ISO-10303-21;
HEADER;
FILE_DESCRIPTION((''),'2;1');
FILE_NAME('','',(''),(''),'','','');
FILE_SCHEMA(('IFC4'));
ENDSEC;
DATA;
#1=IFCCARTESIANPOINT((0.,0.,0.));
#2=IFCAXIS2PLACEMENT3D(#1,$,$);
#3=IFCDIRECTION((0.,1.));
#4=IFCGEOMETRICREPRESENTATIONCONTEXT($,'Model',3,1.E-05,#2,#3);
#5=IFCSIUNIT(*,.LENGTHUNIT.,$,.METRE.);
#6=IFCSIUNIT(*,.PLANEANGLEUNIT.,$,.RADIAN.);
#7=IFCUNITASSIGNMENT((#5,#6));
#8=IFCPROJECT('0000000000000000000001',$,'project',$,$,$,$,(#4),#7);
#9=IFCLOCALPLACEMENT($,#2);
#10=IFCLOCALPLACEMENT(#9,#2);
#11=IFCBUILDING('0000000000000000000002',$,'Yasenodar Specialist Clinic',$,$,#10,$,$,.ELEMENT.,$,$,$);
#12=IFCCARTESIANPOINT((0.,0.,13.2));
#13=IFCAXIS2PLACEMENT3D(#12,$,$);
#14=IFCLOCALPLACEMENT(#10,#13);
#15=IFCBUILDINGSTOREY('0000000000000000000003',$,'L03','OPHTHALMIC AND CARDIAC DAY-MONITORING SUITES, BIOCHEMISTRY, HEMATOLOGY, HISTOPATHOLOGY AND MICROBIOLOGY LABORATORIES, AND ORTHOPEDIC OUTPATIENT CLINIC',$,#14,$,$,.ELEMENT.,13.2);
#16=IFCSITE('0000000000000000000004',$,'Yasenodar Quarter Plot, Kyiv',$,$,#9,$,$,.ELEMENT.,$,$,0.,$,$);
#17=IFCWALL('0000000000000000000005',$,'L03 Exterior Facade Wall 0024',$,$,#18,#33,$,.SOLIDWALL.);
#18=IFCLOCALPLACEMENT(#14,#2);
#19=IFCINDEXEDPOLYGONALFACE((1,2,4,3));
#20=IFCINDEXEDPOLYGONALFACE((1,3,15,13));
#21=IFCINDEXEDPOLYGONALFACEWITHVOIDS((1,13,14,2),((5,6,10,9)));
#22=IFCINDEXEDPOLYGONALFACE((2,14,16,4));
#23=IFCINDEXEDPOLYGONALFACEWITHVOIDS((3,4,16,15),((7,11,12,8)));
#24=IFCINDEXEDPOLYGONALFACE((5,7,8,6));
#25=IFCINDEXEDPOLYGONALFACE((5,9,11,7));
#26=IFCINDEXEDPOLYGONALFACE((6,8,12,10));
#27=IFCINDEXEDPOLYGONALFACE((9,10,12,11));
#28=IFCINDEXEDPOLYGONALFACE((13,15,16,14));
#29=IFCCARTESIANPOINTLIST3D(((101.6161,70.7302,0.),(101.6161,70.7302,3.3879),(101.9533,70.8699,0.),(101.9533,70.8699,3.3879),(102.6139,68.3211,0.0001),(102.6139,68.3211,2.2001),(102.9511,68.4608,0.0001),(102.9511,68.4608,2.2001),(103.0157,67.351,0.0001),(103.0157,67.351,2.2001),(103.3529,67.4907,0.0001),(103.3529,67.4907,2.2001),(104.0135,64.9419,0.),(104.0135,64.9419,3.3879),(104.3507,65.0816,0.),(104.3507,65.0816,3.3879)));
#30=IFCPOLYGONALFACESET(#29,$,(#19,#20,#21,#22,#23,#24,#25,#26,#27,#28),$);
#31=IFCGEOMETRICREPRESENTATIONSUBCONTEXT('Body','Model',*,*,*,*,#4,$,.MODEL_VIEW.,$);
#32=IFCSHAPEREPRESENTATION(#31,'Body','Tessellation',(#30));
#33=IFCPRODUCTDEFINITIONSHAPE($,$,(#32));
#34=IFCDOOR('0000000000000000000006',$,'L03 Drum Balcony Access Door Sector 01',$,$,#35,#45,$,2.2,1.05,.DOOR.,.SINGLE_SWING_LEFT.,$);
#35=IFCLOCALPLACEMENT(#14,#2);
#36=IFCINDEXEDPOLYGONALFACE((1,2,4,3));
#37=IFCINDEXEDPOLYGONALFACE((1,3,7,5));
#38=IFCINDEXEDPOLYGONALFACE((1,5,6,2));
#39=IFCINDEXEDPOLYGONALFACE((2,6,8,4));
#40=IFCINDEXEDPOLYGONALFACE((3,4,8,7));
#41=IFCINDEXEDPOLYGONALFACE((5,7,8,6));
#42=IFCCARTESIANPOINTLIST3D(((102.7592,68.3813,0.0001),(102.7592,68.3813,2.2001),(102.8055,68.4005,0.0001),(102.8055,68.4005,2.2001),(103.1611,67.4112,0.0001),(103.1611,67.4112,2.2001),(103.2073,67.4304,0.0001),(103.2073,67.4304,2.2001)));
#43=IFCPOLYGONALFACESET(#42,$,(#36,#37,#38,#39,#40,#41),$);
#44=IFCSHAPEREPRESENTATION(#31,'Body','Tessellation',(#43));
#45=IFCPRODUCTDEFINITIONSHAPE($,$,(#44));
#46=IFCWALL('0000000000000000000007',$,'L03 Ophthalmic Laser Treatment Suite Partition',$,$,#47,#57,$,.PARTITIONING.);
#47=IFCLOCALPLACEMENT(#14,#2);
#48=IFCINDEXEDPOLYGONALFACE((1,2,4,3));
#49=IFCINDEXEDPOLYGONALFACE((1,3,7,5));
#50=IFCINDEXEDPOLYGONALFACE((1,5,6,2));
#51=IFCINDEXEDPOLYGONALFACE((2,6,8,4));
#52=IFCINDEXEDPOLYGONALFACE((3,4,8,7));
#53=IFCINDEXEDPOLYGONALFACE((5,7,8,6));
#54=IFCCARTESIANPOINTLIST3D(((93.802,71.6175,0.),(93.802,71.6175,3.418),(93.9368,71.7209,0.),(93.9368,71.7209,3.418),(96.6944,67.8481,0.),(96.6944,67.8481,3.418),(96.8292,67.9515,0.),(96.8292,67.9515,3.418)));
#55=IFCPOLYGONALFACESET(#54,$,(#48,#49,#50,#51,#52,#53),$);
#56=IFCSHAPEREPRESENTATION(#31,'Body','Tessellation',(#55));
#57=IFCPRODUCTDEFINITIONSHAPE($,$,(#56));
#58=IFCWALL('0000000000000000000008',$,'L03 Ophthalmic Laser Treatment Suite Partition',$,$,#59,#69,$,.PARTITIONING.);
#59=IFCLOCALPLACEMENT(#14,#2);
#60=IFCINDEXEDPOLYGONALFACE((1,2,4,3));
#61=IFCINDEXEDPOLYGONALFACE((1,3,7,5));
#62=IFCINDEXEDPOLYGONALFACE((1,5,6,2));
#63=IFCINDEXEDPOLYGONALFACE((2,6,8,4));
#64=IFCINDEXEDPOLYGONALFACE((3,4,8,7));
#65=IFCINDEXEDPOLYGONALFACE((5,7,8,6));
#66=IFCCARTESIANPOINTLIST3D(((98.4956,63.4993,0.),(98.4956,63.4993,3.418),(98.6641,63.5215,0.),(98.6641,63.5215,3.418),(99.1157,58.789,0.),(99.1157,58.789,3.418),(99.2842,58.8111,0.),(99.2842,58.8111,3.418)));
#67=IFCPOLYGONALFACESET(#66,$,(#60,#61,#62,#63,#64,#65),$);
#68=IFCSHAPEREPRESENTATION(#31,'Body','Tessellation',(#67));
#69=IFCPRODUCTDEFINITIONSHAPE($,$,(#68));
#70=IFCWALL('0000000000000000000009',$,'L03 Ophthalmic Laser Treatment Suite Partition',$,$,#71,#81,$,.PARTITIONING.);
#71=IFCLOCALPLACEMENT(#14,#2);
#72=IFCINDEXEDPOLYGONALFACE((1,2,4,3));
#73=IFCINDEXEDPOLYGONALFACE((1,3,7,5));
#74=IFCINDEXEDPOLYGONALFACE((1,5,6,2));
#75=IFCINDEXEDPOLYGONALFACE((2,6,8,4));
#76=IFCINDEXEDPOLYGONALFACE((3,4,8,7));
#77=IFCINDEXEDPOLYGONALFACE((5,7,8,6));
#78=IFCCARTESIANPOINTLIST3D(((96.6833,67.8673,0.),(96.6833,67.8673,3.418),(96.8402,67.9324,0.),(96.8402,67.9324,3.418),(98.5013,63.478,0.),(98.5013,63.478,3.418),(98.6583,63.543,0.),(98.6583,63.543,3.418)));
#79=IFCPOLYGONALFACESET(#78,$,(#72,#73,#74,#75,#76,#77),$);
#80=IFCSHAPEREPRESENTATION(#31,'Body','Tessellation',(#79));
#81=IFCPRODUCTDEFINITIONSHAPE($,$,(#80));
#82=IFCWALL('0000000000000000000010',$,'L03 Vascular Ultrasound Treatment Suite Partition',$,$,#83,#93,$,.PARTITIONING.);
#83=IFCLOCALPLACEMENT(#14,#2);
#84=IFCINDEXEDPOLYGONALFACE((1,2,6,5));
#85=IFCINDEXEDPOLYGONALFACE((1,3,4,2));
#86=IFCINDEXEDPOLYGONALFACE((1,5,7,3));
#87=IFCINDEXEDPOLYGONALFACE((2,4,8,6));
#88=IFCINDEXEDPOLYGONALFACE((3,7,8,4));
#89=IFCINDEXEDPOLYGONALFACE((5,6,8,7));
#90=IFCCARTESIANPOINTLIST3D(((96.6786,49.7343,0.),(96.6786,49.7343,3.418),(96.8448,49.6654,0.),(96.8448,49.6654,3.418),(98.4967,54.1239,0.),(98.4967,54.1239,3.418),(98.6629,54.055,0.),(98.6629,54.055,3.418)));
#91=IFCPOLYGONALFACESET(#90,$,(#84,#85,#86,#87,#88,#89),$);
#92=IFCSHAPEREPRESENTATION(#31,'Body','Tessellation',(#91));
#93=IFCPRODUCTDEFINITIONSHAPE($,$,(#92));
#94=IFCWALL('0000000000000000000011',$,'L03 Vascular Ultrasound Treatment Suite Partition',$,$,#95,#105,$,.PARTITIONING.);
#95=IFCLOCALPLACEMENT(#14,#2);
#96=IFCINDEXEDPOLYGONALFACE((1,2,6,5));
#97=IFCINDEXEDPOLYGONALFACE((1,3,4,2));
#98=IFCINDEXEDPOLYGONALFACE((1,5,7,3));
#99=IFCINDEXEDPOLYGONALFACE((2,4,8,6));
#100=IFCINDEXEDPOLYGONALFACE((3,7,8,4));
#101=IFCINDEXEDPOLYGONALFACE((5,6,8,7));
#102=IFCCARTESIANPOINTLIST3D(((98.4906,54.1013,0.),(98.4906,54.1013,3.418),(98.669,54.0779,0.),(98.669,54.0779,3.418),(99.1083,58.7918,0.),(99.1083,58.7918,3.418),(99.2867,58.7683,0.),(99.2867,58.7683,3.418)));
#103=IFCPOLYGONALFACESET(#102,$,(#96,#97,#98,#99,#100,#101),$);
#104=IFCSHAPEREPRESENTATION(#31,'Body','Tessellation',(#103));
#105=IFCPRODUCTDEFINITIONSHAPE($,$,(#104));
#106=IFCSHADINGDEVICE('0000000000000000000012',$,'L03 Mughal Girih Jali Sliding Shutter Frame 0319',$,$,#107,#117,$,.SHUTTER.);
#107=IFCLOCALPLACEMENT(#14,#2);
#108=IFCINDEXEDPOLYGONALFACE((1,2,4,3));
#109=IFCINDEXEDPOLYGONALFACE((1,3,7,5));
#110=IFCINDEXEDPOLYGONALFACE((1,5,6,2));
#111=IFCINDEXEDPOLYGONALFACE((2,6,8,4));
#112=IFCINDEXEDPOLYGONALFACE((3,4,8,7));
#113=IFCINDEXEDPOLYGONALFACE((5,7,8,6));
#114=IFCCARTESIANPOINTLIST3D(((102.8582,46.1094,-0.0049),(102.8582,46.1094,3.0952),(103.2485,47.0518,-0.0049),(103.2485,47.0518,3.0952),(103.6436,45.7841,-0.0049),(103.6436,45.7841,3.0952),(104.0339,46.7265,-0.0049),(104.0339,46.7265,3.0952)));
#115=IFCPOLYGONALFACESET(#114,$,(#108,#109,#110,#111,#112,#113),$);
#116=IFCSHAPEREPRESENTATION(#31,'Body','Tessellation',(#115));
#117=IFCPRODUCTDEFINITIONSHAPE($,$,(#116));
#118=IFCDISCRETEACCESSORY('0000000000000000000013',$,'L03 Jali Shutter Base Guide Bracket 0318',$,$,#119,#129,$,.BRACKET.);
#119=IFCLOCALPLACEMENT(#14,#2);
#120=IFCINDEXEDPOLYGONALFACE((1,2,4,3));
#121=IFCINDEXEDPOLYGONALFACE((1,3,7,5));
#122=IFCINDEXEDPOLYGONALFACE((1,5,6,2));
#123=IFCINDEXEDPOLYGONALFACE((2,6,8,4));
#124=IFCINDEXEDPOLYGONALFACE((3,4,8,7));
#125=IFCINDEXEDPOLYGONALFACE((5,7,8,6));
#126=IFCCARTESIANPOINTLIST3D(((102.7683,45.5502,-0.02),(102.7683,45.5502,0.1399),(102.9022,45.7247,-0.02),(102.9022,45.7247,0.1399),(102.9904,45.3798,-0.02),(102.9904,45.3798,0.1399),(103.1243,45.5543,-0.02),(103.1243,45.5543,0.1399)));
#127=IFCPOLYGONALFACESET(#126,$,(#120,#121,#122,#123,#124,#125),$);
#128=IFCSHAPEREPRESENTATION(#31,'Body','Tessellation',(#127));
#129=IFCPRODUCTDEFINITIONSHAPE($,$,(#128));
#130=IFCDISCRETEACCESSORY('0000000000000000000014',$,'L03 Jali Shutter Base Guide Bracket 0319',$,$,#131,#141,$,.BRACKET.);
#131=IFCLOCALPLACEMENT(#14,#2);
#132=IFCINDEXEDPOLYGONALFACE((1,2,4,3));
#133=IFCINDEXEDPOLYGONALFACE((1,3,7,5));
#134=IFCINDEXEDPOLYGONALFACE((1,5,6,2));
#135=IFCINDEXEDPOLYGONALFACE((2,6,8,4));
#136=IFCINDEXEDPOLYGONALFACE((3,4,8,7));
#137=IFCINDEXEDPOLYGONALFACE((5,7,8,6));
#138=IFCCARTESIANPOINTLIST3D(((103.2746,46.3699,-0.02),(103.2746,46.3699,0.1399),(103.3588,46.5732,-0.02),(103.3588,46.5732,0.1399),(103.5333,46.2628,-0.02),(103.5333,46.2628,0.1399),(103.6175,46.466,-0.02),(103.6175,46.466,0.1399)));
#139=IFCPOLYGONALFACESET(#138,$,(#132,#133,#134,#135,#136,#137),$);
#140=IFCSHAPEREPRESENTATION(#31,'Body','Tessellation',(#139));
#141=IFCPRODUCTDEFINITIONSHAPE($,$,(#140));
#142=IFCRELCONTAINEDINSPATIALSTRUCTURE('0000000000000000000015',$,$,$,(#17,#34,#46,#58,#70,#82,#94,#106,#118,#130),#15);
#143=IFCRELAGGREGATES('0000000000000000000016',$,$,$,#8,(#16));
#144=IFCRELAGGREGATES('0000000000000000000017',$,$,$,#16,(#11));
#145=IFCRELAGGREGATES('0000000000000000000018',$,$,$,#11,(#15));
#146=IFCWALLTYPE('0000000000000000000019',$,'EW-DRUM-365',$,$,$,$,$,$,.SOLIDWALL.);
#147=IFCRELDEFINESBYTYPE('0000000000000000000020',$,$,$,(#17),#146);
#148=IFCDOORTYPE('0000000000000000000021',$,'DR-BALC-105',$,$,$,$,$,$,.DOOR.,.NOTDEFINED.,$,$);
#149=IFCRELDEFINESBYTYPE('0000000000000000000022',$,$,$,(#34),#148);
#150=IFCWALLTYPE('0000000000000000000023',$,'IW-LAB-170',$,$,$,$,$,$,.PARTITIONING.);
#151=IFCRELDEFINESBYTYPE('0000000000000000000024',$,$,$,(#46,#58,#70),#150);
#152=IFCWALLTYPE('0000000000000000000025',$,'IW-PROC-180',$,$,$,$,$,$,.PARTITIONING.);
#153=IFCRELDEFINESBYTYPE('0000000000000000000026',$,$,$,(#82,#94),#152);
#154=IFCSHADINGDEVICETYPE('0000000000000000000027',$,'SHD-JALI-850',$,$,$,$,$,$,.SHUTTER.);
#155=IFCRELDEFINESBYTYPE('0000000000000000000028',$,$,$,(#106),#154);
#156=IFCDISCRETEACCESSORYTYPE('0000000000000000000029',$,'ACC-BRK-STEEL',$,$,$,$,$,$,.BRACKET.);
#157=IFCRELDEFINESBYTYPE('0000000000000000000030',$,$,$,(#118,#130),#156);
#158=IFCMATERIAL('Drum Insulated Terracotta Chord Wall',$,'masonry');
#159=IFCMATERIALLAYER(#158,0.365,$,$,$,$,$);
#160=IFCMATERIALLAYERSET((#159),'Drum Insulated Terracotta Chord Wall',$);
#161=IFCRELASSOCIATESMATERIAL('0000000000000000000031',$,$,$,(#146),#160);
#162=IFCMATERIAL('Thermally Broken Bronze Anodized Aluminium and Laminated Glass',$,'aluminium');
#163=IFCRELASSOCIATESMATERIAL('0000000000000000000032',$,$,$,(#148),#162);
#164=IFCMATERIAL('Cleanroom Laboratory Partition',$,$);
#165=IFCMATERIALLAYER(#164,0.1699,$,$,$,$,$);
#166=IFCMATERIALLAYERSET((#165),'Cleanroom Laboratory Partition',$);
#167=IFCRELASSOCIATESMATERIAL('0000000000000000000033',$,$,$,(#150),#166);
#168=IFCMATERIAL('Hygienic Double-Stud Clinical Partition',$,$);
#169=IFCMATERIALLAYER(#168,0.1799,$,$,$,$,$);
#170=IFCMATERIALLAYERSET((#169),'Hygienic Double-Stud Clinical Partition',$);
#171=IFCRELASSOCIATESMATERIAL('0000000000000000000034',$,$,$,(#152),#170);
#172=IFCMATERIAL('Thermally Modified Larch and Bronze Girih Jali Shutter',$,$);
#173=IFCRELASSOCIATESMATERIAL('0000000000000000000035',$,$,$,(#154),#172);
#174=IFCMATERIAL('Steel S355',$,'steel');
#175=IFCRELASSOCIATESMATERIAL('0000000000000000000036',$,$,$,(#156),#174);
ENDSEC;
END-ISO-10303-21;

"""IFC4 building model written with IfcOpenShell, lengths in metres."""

from ifc_helpers import new_model, si_unit, direction, frame, frame_2d, origin, origin_2d, place, context, subcontext, project, spatial, rectangle, extrude, material, layer, layer_set, type_object, element, fill, save


model = new_model("IFC4")

# Units and contexts
model_context = context("Model", 3, precision=1e-05, world=origin(), true_north=direction((0.0, 1.0)))
body_context = subcontext(model_context, "Body", "Model", "MODEL_VIEW")
ifc_project = project(units=[si_unit("LENGTHUNIT", "METRE"), si_unit("PLANEANGLEUNIT", "RADIAN")], contexts=[model_context])

# Site, building, storey
site_placement = place(None, origin())
site = spatial("IfcSite", under=ifc_project, at=site_placement, Name="Yasenodar Quarter Plot, Kyiv", CompositionType="ELEMENT", RefElevation=0.0)
building_placement = place(site_placement, origin())
building = spatial("IfcBuilding", under=site, at=building_placement, Name="Yasenodar Specialist Clinic", CompositionType="ELEMENT")
storey_placement = place(building_placement, frame((0.0, 0.0, 13.2)))
storey = spatial("IfcBuildingStorey", under=building, at=storey_placement, Name="L03", Description="OPHTHALMIC AND CARDIAC DAY-MONITORING SUITES, BIOCHEMISTRY, HEMATOLOGY, HISTOPATHOLOGY AND MICROBIOLOGY LABORATORIES, AND ORTHOPEDIC OUTPATIENT CLINIC", CompositionType="ELEMENT", Elevation=13.2)

# Shared definitions
ifc_material_1 = material(Name="Steel S355", Category="steel")

# Wall, opening, door
ifc_material_2 = material(Name="Drum Insulated Terracotta Chord Wall", Category="masonry")
ifc_layer_1 = layer(ifc_material_2, 0.365)
ifc_layer_set_1 = layer_set([ifc_layer_1], Name="Drum Insulated Terracotta Chord Wall")
wall_type_1 = type_object("IfcWallType", Name="EW-DRUM-365", PredefinedType="SOLIDWALL", material=ifc_layer_set_1)
wall_1_placement = place(storey_placement, frame((101.7847, 70.8, 0.0), z_axis=(0.0, 0.0, 1.0), x_axis=(0.382664, -0.923888, 0.0)))
wall_1 = element("IfcWall", 1, at=wall_1_placement, inside=storey, type_object=wall_type_1, Name="L03 Exterior Facade Wall 0024", PredefinedType="SOLIDWALL", context=body_context, shape_type="SweptSolid", body=[
    extrude(rectangle(XDim=6.2651, YDim=0.365, at=frame_2d((3.1326, 0.0))), origin(), (0.0, 0.0, 1.0), 3.3879),
])
opening_placement = place(wall_1_placement, frame((2.6077, 0.0, 0.0)))
opening = element("IfcOpeningElement", 2, at=opening_placement, cuts=wall_1, PredefinedType="OPENING", context=body_context, shape_type="SweptSolid", body=[
    extrude(rectangle(XDim=1.05, YDim=2.2, at=frame_2d((0.5249, 1.1001))), frame((0.0, 0.1924, 0.0), z_axis=(0.0, -1.0, 0.0), x_axis=(1.0, 0.0, 0.0)), (0.0, 0.0, 1.0), 0.385),
])
ifc_material_3 = material(Name="Thermally Broken Bronze Anodized Aluminium and Laminated Glass", Category="aluminium")
door_type = type_object("IfcDoorType", Name="DR-BALC-105", OperationType="NOTDEFINED", PredefinedType="DOOR", material=ifc_material_3)
door_placement = place(opening_placement, origin())
door = element("IfcDoor", 3, at=door_placement, inside=storey, type_object=door_type, Name="L03 Drum Balcony Access Door Sector 01", OperationType="SINGLE_SWING_LEFT", OverallHeight=2.2, OverallWidth=1.05, PredefinedType="DOOR", context=body_context, shape_type="SweptSolid", body=[
    extrude(rectangle(XDim=1.05, YDim=2.2, at=frame_2d((0.5249, 1.1001))), frame((0.0, 0.0249, 0.0), z_axis=(0.0, -1.0, 0.0), x_axis=(1.0, 0.0, 0.0)), (0.0, 0.0, 1.0), 0.05),
])
fill(opening, door)

# Walls
ifc_material_4 = material(Name="Cleanroom Laboratory Partition")
ifc_layer_2 = layer(ifc_material_4, 0.1699)
ifc_layer_set_2 = layer_set([ifc_layer_2], Name="Cleanroom Laboratory Partition")
wall_type_2 = type_object("IfcWallType", Name="IW-LAB-170", PredefinedType="PARTITIONING", material=ifc_layer_set_2)
wall_2_placement = place(storey_placement, frame((96.7617, 67.8999, 0.0), z_axis=(0.0, 0.0, 1.0), x_axis=(-0.608769, 0.793347, 0.0)))
element("IfcWall", 4, at=wall_2_placement, inside=storey, type_object=wall_type_2, Name="L03 Ophthalmic Laser Treatment Suite Partition", PredefinedType="PARTITIONING", context=body_context, shape_type="SweptSolid", body=[
    extrude(rectangle(XDim=4.7512, YDim=0.1699, at=frame_2d((2.3755, 0.0))), origin(), (0.0, 0.0, 1.0), 3.418),
])
for number, where, z_axis, x_axis, name in (
    (5, (99.2, 58.8, 0.0), (0.0, 0.0, 1.0), (-0.130521, 0.991446, 0.0), "L03 Ophthalmic Laser Treatment Suite Partition"),
    (6, (98.5798, 63.5105, 0.0), (0.0, 0.0, 1.0), (-0.382677, 0.923882, 0.0), "L03 Ophthalmic Laser Treatment Suite Partition"),
):
    element("IfcWall", number, at=place(storey_placement, frame(where, z_axis=z_axis, x_axis=x_axis)), inside=storey, type_object=wall_type_2, Name=name, PredefinedType="PARTITIONING", context=body_context, shape_type="SweptSolid", body=[
        extrude(rectangle(XDim=4.751, YDim=0.1699, at=frame_2d((2.3755, 0.0))), origin(), (0.0, 0.0, 1.0), 3.418),
    ])
ifc_material_5 = material(Name="Hygienic Double-Stud Clinical Partition")
ifc_layer_3 = layer(ifc_material_5, 0.1799)
ifc_layer_set_3 = layer_set([ifc_layer_3], Name="Hygienic Double-Stud Clinical Partition")
wall_type_3 = type_object("IfcWallType", Name="IW-PROC-180", PredefinedType="PARTITIONING", material=ifc_layer_set_3)
wall_3_placement = place(storey_placement, frame((96.7617, 49.7, 0.0), z_axis=(0.0, 0.0, 1.0), x_axis=(0.382659, 0.92389, 0.0)))
element("IfcWall", 7, at=wall_3_placement, inside=storey, type_object=wall_type_3, Name="L03 Vascular Ultrasound Treatment Suite Partition", PredefinedType="PARTITIONING", context=body_context, shape_type="SweptSolid", body=[
    extrude(rectangle(XDim=4.7512, YDim=0.1799, at=frame_2d((2.3755, 0.0))), origin(), (0.0, 0.0, 1.0), 3.418),
])
wall_4_placement = place(storey_placement, frame((98.5798, 54.0896, 0.0), z_axis=(0.0, 0.0, 1.0), x_axis=(0.130561, 0.99144, 0.0)))
element("IfcWall", 8, at=wall_4_placement, inside=storey, type_object=wall_type_3, Name="L03 Vascular Ultrasound Treatment Suite Partition", PredefinedType="PARTITIONING", context=body_context, shape_type="SweptSolid", body=[
    extrude(rectangle(XDim=4.731, YDim=0.1799, at=frame_2d((2.3655, 0.0))), origin(), (0.0, 0.0, 1.0), 3.418),
])

# Shading device
ifc_material_6 = material(Name="Thermally Modified Larch and Bronze Girih Jali Shutter")
shading_device_type = type_object("IfcShadingDeviceType", Name="SHD-JALI-850", PredefinedType="SHUTTER", material=ifc_material_6)
shading_device_placement = place(storey_placement, frame((103.446, 46.418, -0.0049), z_axis=(0.0, 0.0, 1.0), x_axis=(0.382687, 0.923878, 0.0)))
element("IfcShadingDevice", 9, at=shading_device_placement, inside=storey, type_object=shading_device_type, Name="L03 Mughal Girih Jali Sliding Shutter Frame 0319", PredefinedType="SHUTTER", context=body_context, shape_type="SweptSolid", body=[
    extrude(rectangle(XDim=1.02, YDim=0.8501, at=origin_2d()), origin(), (0.0, 0.0, 1.0), 3.1001),
])

# Discrete accessories
discrete_accessory_type = type_object("IfcDiscreteAccessoryType", Name="ACC-BRK-STEEL", PredefinedType="BRACKET", material=ifc_material_1)
for number, where, z_axis, x_axis, name in (
    (10, (102.9463, 45.5522, -0.02), (0.0, 0.0, 1.0), (0.608764, 0.793351, 0.0), "L03 Jali Shutter Base Guide Bracket 0318"),
    (11, (103.446, 46.418, -0.02), (0.0, 0.0, 1.0), (0.382687, 0.923878, 0.0), "L03 Jali Shutter Base Guide Bracket 0319"),
):
    element("IfcDiscreteAccessory", number, at=place(storey_placement, frame(where, z_axis=z_axis, x_axis=x_axis)), inside=storey, type_object=discrete_accessory_type, Name=name, PredefinedType="BRACKET", context=body_context, shape_type="SweptSolid", body=[
        extrude(rectangle(XDim=0.22, YDim=0.28, at=origin_2d()), origin(), (0.0, 0.0, 1.0), 0.1599),
    ])

save(model, "model.ifc")
